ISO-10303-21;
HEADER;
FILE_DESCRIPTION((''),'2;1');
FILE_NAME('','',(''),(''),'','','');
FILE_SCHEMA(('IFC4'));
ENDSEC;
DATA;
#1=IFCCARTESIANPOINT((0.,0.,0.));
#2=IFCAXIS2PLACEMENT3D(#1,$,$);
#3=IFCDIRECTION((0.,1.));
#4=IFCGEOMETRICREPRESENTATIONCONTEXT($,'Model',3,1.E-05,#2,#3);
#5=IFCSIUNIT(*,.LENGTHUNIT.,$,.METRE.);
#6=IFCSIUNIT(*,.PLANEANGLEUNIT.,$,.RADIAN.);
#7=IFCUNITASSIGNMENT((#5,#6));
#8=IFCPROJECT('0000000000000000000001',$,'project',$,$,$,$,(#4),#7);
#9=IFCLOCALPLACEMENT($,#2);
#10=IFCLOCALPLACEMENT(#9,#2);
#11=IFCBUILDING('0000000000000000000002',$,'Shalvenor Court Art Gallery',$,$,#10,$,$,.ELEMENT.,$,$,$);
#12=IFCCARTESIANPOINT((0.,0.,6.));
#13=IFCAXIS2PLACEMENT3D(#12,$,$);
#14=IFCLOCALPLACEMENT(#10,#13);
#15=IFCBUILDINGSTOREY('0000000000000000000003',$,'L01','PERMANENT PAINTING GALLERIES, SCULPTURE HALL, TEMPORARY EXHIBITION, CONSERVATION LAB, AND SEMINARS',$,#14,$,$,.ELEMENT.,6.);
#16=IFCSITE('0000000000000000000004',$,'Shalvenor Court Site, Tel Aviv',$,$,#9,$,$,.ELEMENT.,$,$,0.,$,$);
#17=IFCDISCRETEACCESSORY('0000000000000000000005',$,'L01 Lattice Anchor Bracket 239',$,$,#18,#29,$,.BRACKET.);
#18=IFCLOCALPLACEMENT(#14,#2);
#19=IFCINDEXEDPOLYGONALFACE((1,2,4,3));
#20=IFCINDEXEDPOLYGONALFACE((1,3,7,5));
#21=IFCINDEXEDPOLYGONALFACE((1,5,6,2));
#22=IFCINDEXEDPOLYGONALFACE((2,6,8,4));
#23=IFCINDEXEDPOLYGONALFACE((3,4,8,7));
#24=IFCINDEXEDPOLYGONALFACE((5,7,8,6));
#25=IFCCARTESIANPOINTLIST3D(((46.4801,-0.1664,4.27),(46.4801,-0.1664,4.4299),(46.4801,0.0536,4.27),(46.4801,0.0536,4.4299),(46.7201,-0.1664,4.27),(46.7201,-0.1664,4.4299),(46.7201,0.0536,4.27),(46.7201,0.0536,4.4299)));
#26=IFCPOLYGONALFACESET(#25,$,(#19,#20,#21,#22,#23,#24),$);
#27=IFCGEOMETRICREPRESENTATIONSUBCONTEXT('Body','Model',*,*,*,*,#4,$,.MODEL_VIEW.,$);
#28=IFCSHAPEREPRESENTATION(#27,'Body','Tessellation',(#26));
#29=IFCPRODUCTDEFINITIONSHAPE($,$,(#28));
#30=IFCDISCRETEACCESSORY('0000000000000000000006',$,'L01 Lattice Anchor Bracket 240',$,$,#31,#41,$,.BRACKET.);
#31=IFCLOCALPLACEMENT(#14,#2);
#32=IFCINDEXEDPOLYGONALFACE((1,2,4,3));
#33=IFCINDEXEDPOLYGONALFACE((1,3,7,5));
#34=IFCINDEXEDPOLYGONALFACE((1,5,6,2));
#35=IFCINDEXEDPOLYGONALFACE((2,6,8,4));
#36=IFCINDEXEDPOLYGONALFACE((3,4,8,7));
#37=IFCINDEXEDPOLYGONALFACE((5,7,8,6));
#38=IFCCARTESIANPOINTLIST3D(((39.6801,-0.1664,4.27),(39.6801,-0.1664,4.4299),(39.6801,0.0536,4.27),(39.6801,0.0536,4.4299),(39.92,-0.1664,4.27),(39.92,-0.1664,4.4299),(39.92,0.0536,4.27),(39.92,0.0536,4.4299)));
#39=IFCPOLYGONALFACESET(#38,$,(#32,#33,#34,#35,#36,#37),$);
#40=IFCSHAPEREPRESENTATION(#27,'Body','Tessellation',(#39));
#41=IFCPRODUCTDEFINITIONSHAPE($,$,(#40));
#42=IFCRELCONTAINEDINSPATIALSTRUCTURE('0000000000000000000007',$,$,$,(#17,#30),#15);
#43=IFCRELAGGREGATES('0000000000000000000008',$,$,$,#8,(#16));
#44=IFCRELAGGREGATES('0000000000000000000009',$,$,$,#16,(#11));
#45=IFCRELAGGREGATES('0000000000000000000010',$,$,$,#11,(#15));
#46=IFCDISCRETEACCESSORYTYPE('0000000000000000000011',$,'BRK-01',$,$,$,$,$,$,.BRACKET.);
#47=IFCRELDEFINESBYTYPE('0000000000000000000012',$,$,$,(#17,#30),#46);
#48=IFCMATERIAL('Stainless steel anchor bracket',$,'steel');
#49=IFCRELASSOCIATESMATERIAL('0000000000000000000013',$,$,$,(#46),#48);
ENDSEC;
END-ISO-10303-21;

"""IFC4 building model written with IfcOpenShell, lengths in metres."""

from ifc_helpers import new_model, si_unit, direction, frame, origin, origin_2d, place, context, subcontext, project, spatial, rectangle, extrude, material, type_object, element, save


model = new_model("IFC4")

# Units and contexts
model_context = context("Model", 3, precision=1e-05, world=origin(), true_north=direction((0.0, 1.0)))
body_context = subcontext(model_context, "Body", "Model", "MODEL_VIEW")
ifc_project = project(units=[si_unit("LENGTHUNIT", "METRE"), si_unit("PLANEANGLEUNIT", "RADIAN")], contexts=[model_context])

# Site, building, storey
site_placement = place(None, origin())
site = spatial("IfcSite", under=ifc_project, at=site_placement, Name="Shalvenor Court Site, Tel Aviv", CompositionType="ELEMENT", RefElevation=0.0)
building_placement = place(site_placement, origin())
building = spatial("IfcBuilding", under=site, at=building_placement, Name="Shalvenor Court Art Gallery", CompositionType="ELEMENT")
storey_placement = place(building_placement, frame((0.0, 0.0, 6.0)))
storey = spatial("IfcBuildingStorey", under=building, at=storey_placement, Name="L01", Description="PERMANENT PAINTING GALLERIES, SCULPTURE HALL, TEMPORARY EXHIBITION, CONSERVATION LAB, AND SEMINARS", CompositionType="ELEMENT", Elevation=6.0)

# Discrete accessories
ifc_material_1 = material(Name="Stainless steel anchor bracket", Category="steel")
discrete_accessory_type = type_object("IfcDiscreteAccessoryType", Name="BRK-01", PredefinedType="BRACKET", material=ifc_material_1)
for number, where, z_axis, x_axis, name in (
    (1, (46.6001, -0.0564, 4.27), (0.0, 0.0, 1.0), (-1.0, 0.0, 0.0), "L01 Lattice Anchor Bracket 239"),
    (2, (39.8, -0.0564, 4.27), (0.0, 0.0, 1.0), (-1.0, 0.0, 0.0), "L01 Lattice Anchor Bracket 240"),
):
    element("IfcDiscreteAccessory", number, at=place(storey_placement, frame(where, z_axis=z_axis, x_axis=x_axis)), inside=storey, type_object=discrete_accessory_type, Name=name, PredefinedType="BRACKET", context=body_context, shape_type="SweptSolid", body=[
        extrude(rectangle(XDim=0.24, YDim=0.22, at=origin_2d()), origin(), (0.0, 0.0, 1.0), 0.1599),
    ])

save(model, "model.ifc")
